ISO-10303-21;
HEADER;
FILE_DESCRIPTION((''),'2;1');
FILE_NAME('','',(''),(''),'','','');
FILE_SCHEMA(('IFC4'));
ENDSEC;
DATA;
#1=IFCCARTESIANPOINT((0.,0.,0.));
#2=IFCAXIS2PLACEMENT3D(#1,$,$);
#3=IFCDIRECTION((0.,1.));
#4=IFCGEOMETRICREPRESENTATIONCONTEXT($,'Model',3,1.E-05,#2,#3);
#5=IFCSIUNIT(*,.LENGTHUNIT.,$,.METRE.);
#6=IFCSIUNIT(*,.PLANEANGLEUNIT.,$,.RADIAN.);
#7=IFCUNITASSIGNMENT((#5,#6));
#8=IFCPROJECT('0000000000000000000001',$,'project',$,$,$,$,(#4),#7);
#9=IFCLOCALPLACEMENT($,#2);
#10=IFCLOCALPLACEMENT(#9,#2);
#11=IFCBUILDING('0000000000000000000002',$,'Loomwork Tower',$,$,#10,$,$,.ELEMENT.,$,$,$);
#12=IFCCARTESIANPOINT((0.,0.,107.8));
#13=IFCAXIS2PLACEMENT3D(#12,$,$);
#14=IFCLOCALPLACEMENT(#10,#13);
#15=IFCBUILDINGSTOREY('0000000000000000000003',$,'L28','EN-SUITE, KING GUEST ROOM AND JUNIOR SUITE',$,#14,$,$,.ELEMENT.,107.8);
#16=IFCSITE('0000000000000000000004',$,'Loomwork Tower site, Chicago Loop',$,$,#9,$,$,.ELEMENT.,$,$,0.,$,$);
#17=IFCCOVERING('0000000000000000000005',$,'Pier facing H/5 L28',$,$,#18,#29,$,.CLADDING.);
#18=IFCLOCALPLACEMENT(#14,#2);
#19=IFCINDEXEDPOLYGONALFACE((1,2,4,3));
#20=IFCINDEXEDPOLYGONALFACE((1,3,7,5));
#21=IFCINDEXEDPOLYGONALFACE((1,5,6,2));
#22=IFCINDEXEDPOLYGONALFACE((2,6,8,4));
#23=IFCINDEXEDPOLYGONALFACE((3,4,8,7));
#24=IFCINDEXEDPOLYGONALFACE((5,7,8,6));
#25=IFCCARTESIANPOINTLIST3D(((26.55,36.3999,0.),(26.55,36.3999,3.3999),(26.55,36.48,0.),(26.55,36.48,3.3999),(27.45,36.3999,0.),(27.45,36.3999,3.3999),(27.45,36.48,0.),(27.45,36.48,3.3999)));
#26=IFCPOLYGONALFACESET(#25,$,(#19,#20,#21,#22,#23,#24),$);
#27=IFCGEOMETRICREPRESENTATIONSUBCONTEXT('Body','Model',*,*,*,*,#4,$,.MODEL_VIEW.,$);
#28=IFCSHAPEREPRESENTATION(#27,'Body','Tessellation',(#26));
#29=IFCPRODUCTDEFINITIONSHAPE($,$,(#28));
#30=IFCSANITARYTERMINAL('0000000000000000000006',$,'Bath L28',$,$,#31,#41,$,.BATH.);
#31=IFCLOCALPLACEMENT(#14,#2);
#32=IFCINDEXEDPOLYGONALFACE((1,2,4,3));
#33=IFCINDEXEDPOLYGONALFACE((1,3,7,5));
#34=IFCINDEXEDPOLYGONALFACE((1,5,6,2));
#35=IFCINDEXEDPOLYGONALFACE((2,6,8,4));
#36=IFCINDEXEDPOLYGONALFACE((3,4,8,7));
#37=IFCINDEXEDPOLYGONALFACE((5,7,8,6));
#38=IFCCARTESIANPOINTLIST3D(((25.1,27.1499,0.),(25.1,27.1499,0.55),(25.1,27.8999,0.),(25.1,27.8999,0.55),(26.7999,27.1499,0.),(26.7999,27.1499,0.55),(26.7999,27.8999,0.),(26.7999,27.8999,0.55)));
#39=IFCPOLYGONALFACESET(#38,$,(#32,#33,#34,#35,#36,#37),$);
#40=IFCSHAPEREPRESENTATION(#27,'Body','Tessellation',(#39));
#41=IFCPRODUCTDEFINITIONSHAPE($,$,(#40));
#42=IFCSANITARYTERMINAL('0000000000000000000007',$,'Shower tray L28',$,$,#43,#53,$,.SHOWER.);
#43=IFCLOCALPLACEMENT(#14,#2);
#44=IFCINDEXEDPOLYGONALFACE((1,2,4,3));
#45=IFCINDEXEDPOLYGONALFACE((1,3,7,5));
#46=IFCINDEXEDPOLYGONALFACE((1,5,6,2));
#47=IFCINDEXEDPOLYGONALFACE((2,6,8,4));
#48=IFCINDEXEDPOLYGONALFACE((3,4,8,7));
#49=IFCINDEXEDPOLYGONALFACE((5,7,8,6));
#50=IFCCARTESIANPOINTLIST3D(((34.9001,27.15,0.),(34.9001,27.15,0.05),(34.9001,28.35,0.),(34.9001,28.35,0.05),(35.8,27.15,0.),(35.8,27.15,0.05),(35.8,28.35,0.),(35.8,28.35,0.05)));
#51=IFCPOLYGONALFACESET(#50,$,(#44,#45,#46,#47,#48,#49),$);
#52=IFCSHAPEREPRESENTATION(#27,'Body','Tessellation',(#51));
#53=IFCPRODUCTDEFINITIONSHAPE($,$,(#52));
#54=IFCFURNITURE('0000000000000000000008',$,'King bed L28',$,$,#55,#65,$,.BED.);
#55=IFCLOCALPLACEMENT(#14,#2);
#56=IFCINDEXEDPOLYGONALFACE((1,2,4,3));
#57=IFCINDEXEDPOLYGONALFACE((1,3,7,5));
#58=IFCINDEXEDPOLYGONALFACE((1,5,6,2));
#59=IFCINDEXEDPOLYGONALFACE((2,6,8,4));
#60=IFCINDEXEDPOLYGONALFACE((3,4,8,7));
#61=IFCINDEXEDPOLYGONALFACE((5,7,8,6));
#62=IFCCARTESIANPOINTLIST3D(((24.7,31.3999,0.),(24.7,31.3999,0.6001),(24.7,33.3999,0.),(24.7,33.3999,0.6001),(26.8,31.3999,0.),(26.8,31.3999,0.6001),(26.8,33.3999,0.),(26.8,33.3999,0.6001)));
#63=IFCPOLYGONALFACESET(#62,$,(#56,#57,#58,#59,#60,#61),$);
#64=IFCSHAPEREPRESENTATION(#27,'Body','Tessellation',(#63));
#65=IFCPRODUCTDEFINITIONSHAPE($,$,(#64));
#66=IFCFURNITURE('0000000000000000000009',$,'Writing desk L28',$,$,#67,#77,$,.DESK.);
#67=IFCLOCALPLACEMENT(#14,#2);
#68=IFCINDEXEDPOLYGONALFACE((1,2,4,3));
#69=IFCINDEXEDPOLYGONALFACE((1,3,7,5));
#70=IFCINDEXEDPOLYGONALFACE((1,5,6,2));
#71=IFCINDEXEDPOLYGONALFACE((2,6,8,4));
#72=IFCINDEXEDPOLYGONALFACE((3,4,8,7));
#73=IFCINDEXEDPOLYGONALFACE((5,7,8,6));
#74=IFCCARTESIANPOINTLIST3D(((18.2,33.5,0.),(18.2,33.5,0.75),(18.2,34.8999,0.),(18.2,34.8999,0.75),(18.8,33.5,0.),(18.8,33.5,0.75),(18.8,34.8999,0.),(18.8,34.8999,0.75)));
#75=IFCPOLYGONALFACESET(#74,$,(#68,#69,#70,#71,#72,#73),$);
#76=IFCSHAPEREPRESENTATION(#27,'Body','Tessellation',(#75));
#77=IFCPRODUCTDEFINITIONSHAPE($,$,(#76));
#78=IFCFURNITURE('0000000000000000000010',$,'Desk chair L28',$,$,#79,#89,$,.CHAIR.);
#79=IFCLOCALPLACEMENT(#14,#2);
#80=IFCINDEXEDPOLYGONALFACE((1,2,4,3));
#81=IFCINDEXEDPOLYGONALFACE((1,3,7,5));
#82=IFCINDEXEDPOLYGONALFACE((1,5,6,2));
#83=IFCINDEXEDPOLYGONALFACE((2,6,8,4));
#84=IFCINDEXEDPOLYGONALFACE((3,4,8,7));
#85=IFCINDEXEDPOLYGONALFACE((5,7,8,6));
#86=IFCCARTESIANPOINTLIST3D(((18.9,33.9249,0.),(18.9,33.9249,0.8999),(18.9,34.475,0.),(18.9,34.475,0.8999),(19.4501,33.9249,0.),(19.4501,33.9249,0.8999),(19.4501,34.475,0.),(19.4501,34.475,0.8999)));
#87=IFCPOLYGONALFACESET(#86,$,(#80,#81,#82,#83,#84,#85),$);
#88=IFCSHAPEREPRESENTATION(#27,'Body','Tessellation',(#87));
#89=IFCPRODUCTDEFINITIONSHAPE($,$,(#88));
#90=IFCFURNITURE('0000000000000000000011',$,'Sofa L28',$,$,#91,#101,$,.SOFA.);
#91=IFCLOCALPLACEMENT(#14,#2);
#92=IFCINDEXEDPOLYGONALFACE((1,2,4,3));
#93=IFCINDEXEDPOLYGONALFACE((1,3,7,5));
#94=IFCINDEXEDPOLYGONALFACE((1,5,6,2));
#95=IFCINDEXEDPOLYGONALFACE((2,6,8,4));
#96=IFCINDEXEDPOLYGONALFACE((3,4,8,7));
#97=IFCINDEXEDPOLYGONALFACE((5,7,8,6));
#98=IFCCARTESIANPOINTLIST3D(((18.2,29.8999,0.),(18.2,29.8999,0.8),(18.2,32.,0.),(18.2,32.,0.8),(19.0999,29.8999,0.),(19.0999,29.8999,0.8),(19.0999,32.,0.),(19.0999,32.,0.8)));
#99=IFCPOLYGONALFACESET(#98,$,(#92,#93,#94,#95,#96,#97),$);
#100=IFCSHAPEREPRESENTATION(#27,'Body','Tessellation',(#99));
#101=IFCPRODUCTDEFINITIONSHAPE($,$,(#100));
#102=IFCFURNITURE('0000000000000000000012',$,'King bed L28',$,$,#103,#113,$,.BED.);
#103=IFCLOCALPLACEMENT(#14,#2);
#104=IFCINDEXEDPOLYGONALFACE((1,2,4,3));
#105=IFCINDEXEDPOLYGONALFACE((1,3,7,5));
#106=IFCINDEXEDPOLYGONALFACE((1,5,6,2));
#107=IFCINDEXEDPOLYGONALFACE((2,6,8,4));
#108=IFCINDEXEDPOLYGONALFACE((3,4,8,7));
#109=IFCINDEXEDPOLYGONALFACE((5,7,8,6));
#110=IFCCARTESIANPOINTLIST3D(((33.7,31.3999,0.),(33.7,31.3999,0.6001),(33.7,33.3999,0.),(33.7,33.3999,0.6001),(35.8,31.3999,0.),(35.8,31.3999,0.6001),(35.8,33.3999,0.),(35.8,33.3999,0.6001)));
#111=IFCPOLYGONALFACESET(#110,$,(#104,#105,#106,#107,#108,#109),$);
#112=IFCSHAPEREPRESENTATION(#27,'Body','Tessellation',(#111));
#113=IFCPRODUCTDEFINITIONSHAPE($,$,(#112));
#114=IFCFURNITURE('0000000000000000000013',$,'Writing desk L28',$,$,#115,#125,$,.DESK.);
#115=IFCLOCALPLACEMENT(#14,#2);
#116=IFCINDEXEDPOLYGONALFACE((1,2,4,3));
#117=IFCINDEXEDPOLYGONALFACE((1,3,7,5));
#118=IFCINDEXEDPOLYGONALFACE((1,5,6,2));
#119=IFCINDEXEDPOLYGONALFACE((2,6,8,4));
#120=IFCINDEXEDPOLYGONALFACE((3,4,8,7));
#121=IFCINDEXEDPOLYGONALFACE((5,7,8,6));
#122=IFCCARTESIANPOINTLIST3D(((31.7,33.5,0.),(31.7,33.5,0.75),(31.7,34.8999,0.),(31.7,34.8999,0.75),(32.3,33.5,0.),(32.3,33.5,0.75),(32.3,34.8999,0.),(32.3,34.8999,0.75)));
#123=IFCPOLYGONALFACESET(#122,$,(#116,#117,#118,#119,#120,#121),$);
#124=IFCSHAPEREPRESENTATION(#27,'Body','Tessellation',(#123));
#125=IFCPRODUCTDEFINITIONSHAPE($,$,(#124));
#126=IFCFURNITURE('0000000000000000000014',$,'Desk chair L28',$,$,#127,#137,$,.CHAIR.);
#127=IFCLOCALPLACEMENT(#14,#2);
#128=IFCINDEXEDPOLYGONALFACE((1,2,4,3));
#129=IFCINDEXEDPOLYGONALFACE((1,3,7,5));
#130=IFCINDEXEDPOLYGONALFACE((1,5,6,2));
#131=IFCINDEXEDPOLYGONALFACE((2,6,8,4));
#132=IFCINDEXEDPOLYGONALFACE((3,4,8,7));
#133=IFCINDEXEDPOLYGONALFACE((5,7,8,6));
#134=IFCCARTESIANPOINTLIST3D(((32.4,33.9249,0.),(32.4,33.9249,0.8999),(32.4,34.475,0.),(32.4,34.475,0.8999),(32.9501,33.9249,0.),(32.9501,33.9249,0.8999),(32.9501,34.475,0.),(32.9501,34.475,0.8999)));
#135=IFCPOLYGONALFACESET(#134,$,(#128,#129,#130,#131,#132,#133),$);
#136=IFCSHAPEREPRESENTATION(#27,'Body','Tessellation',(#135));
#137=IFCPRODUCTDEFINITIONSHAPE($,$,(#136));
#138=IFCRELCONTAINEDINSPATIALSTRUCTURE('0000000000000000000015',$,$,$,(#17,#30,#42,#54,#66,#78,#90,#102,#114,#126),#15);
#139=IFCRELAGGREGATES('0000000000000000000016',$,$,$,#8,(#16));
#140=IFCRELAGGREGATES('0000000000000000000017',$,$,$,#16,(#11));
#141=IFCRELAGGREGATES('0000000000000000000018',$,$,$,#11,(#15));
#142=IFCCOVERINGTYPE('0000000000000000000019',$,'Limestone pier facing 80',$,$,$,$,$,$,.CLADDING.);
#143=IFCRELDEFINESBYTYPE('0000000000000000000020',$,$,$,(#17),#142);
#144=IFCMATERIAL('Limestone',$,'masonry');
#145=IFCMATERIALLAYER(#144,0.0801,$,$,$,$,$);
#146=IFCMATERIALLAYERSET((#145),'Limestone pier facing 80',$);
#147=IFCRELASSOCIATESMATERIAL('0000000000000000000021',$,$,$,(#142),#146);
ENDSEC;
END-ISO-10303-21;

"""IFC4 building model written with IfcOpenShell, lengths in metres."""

from ifc_helpers import new_model, si_unit, direction, frame, origin, origin_2d, place, context, subcontext, project, spatial, rectangle, extrude, material, layer, layer_set, type_object, element, save


model = new_model("IFC4")

# Units and contexts
model_context = context("Model", 3, precision=1e-05, world=origin(), true_north=direction((0.0, 1.0)))
body_context = subcontext(model_context, "Body", "Model", "MODEL_VIEW")
ifc_project = project(units=[si_unit("LENGTHUNIT", "METRE"), si_unit("PLANEANGLEUNIT", "RADIAN")], contexts=[model_context])

# Site, building, storey
site_placement = place(None, origin())
site = spatial("IfcSite", under=ifc_project, at=site_placement, Name="Loomwork Tower site, Chicago Loop", CompositionType="ELEMENT", RefElevation=0.0)
building_placement = place(site_placement, origin())
building = spatial("IfcBuilding", under=site, at=building_placement, Name="Loomwork Tower", CompositionType="ELEMENT")
storey_placement = place(building_placement, frame((0.0, 0.0, 107.8)))
storey = spatial("IfcBuildingStorey", under=building, at=storey_placement, Name="L28", Description="EN-SUITE, KING GUEST ROOM AND JUNIOR SUITE", CompositionType="ELEMENT", Elevation=107.8)

# Covering
ifc_material_1 = material(Name="Limestone", Category="masonry")
ifc_layer_1 = layer(ifc_material_1, 0.0801)
ifc_layer_set_1 = layer_set([ifc_layer_1], Name="Limestone pier facing 80")
covering_type = type_object("IfcCoveringType", Name="Limestone pier facing 80", PredefinedType="CLADDING", material=ifc_layer_set_1)
covering_placement = place(storey_placement, frame((27.0, 36.4399, 0.0), z_axis=(0.0, 0.0, 1.0), x_axis=(1.0, 0.0, 0.0)))
element("IfcCovering", 1, at=covering_placement, inside=storey, type_object=covering_type, Name="Pier facing H/5 L28", PredefinedType="CLADDING", context=body_context, shape_type="SweptSolid", body=[
    extrude(rectangle(XDim=0.8999, YDim=0.0801, at=origin_2d()), origin(), (0.0, 0.0, 1.0), 3.3999),
])

# Sanitary terminals
sanitary_terminal_1_placement = place(storey_placement, frame((25.95, 27.5249, 0.0), z_axis=(0.0, 0.0, 1.0), x_axis=(1.0, 0.0, 0.0)))
element("IfcSanitaryTerminal", 2, at=sanitary_terminal_1_placement, inside=storey, Name="Bath L28", PredefinedType="BATH", context=body_context, shape_type="SweptSolid", body=[
    extrude(rectangle(XDim=1.7, YDim=0.75, at=origin_2d()), origin(), (0.0, 0.0, 1.0), 0.55),
])
sanitary_terminal_2_placement = place(storey_placement, frame((35.3501, 27.75, 0.0), z_axis=(0.0, 0.0, 1.0), x_axis=(1.0, 0.0, 0.0)))
element("IfcSanitaryTerminal", 3, at=sanitary_terminal_2_placement, inside=storey, Name="Shower tray L28", PredefinedType="SHOWER", context=body_context, shape_type="SweptSolid", body=[
    extrude(rectangle(XDim=0.8999, YDim=1.2, at=origin_2d()), origin(), (0.0, 0.0, 1.0), 0.05),
])

# Furniture
furniture_1_placement = place(storey_placement, frame((25.75, 32.3999, 0.0), z_axis=(0.0, 0.0, 1.0), x_axis=(1.0, 0.0, 0.0)))
element("IfcFurniture", 4, at=furniture_1_placement, inside=storey, Name="King bed L28", PredefinedType="BED", context=body_context, shape_type="SweptSolid", body=[
    extrude(rectangle(XDim=2.1001, YDim=2.0, at=origin_2d()), origin(), (0.0, 0.0, 1.0), 0.6001),
])
furniture_2_placement = place(storey_placement, frame((18.5, 34.2, 0.0), z_axis=(0.0, 0.0, 1.0), x_axis=(1.0, 0.0, 0.0)))
element("IfcFurniture", 5, at=furniture_2_placement, inside=storey, Name="Writing desk L28", PredefinedType="DESK", context=body_context, shape_type="SweptSolid", body=[
    extrude(rectangle(XDim=0.6001, YDim=1.3999, at=origin_2d()), origin(), (0.0, 0.0, 1.0), 0.75),
])
furniture_3_placement = place(storey_placement, frame((19.175, 34.2, 0.0), z_axis=(0.0, 0.0, 1.0), x_axis=(1.0, 0.0, 0.0)))
element("IfcFurniture", 6, at=furniture_3_placement, inside=storey, Name="Desk chair L28", PredefinedType="CHAIR", context=body_context, shape_type="SweptSolid", body=[
    extrude(rectangle(XDim=0.55, YDim=0.55, at=origin_2d()), origin(), (0.0, 0.0, 1.0), 0.8999),
])
furniture_4_placement = place(storey_placement, frame((18.6499, 30.95, 0.0), z_axis=(0.0, 0.0, 1.0), x_axis=(1.0, 0.0, 0.0)))
element("IfcFurniture", 7, at=furniture_4_placement, inside=storey, Name="Sofa L28", PredefinedType="SOFA", context=body_context, shape_type="SweptSolid", body=[
    extrude(rectangle(XDim=0.8999, YDim=2.1001, at=origin_2d()), origin(), (0.0, 0.0, 1.0), 0.8),
])
furniture_5_placement = place(storey_placement, frame((34.75, 32.3999, 0.0), z_axis=(0.0, 0.0, 1.0), x_axis=(1.0, 0.0, 0.0)))
element("IfcFurniture", 8, at=furniture_5_placement, inside=storey, Name="King bed L28", PredefinedType="BED", context=body_context, shape_type="SweptSolid", body=[
    extrude(rectangle(XDim=2.1001, YDim=2.0, at=origin_2d()), origin(), (0.0, 0.0, 1.0), 0.6001),
])
furniture_6_placement = place(storey_placement, frame((32.0, 34.2, 0.0), z_axis=(0.0, 0.0, 1.0), x_axis=(1.0, 0.0, 0.0)))
element("IfcFurniture", 9, at=furniture_6_placement, inside=storey, Name="Writing desk L28", PredefinedType="DESK", context=body_context, shape_type="SweptSolid", body=[
    extrude(rectangle(XDim=0.6001, YDim=1.3999, at=origin_2d()), origin(), (0.0, 0.0, 1.0), 0.75),
])
furniture_7_placement = place(storey_placement, frame((32.675, 34.2, 0.0), z_axis=(0.0, 0.0, 1.0), x_axis=(1.0, 0.0, 0.0)))
element("IfcFurniture", 10, at=furniture_7_placement, inside=storey, Name="Desk chair L28", PredefinedType="CHAIR", context=body_context, shape_type="SweptSolid", body=[
    extrude(rectangle(XDim=0.55, YDim=0.55, at=origin_2d()), origin(), (0.0, 0.0, 1.0), 0.8999),
])

save(model, "model.ifc")
